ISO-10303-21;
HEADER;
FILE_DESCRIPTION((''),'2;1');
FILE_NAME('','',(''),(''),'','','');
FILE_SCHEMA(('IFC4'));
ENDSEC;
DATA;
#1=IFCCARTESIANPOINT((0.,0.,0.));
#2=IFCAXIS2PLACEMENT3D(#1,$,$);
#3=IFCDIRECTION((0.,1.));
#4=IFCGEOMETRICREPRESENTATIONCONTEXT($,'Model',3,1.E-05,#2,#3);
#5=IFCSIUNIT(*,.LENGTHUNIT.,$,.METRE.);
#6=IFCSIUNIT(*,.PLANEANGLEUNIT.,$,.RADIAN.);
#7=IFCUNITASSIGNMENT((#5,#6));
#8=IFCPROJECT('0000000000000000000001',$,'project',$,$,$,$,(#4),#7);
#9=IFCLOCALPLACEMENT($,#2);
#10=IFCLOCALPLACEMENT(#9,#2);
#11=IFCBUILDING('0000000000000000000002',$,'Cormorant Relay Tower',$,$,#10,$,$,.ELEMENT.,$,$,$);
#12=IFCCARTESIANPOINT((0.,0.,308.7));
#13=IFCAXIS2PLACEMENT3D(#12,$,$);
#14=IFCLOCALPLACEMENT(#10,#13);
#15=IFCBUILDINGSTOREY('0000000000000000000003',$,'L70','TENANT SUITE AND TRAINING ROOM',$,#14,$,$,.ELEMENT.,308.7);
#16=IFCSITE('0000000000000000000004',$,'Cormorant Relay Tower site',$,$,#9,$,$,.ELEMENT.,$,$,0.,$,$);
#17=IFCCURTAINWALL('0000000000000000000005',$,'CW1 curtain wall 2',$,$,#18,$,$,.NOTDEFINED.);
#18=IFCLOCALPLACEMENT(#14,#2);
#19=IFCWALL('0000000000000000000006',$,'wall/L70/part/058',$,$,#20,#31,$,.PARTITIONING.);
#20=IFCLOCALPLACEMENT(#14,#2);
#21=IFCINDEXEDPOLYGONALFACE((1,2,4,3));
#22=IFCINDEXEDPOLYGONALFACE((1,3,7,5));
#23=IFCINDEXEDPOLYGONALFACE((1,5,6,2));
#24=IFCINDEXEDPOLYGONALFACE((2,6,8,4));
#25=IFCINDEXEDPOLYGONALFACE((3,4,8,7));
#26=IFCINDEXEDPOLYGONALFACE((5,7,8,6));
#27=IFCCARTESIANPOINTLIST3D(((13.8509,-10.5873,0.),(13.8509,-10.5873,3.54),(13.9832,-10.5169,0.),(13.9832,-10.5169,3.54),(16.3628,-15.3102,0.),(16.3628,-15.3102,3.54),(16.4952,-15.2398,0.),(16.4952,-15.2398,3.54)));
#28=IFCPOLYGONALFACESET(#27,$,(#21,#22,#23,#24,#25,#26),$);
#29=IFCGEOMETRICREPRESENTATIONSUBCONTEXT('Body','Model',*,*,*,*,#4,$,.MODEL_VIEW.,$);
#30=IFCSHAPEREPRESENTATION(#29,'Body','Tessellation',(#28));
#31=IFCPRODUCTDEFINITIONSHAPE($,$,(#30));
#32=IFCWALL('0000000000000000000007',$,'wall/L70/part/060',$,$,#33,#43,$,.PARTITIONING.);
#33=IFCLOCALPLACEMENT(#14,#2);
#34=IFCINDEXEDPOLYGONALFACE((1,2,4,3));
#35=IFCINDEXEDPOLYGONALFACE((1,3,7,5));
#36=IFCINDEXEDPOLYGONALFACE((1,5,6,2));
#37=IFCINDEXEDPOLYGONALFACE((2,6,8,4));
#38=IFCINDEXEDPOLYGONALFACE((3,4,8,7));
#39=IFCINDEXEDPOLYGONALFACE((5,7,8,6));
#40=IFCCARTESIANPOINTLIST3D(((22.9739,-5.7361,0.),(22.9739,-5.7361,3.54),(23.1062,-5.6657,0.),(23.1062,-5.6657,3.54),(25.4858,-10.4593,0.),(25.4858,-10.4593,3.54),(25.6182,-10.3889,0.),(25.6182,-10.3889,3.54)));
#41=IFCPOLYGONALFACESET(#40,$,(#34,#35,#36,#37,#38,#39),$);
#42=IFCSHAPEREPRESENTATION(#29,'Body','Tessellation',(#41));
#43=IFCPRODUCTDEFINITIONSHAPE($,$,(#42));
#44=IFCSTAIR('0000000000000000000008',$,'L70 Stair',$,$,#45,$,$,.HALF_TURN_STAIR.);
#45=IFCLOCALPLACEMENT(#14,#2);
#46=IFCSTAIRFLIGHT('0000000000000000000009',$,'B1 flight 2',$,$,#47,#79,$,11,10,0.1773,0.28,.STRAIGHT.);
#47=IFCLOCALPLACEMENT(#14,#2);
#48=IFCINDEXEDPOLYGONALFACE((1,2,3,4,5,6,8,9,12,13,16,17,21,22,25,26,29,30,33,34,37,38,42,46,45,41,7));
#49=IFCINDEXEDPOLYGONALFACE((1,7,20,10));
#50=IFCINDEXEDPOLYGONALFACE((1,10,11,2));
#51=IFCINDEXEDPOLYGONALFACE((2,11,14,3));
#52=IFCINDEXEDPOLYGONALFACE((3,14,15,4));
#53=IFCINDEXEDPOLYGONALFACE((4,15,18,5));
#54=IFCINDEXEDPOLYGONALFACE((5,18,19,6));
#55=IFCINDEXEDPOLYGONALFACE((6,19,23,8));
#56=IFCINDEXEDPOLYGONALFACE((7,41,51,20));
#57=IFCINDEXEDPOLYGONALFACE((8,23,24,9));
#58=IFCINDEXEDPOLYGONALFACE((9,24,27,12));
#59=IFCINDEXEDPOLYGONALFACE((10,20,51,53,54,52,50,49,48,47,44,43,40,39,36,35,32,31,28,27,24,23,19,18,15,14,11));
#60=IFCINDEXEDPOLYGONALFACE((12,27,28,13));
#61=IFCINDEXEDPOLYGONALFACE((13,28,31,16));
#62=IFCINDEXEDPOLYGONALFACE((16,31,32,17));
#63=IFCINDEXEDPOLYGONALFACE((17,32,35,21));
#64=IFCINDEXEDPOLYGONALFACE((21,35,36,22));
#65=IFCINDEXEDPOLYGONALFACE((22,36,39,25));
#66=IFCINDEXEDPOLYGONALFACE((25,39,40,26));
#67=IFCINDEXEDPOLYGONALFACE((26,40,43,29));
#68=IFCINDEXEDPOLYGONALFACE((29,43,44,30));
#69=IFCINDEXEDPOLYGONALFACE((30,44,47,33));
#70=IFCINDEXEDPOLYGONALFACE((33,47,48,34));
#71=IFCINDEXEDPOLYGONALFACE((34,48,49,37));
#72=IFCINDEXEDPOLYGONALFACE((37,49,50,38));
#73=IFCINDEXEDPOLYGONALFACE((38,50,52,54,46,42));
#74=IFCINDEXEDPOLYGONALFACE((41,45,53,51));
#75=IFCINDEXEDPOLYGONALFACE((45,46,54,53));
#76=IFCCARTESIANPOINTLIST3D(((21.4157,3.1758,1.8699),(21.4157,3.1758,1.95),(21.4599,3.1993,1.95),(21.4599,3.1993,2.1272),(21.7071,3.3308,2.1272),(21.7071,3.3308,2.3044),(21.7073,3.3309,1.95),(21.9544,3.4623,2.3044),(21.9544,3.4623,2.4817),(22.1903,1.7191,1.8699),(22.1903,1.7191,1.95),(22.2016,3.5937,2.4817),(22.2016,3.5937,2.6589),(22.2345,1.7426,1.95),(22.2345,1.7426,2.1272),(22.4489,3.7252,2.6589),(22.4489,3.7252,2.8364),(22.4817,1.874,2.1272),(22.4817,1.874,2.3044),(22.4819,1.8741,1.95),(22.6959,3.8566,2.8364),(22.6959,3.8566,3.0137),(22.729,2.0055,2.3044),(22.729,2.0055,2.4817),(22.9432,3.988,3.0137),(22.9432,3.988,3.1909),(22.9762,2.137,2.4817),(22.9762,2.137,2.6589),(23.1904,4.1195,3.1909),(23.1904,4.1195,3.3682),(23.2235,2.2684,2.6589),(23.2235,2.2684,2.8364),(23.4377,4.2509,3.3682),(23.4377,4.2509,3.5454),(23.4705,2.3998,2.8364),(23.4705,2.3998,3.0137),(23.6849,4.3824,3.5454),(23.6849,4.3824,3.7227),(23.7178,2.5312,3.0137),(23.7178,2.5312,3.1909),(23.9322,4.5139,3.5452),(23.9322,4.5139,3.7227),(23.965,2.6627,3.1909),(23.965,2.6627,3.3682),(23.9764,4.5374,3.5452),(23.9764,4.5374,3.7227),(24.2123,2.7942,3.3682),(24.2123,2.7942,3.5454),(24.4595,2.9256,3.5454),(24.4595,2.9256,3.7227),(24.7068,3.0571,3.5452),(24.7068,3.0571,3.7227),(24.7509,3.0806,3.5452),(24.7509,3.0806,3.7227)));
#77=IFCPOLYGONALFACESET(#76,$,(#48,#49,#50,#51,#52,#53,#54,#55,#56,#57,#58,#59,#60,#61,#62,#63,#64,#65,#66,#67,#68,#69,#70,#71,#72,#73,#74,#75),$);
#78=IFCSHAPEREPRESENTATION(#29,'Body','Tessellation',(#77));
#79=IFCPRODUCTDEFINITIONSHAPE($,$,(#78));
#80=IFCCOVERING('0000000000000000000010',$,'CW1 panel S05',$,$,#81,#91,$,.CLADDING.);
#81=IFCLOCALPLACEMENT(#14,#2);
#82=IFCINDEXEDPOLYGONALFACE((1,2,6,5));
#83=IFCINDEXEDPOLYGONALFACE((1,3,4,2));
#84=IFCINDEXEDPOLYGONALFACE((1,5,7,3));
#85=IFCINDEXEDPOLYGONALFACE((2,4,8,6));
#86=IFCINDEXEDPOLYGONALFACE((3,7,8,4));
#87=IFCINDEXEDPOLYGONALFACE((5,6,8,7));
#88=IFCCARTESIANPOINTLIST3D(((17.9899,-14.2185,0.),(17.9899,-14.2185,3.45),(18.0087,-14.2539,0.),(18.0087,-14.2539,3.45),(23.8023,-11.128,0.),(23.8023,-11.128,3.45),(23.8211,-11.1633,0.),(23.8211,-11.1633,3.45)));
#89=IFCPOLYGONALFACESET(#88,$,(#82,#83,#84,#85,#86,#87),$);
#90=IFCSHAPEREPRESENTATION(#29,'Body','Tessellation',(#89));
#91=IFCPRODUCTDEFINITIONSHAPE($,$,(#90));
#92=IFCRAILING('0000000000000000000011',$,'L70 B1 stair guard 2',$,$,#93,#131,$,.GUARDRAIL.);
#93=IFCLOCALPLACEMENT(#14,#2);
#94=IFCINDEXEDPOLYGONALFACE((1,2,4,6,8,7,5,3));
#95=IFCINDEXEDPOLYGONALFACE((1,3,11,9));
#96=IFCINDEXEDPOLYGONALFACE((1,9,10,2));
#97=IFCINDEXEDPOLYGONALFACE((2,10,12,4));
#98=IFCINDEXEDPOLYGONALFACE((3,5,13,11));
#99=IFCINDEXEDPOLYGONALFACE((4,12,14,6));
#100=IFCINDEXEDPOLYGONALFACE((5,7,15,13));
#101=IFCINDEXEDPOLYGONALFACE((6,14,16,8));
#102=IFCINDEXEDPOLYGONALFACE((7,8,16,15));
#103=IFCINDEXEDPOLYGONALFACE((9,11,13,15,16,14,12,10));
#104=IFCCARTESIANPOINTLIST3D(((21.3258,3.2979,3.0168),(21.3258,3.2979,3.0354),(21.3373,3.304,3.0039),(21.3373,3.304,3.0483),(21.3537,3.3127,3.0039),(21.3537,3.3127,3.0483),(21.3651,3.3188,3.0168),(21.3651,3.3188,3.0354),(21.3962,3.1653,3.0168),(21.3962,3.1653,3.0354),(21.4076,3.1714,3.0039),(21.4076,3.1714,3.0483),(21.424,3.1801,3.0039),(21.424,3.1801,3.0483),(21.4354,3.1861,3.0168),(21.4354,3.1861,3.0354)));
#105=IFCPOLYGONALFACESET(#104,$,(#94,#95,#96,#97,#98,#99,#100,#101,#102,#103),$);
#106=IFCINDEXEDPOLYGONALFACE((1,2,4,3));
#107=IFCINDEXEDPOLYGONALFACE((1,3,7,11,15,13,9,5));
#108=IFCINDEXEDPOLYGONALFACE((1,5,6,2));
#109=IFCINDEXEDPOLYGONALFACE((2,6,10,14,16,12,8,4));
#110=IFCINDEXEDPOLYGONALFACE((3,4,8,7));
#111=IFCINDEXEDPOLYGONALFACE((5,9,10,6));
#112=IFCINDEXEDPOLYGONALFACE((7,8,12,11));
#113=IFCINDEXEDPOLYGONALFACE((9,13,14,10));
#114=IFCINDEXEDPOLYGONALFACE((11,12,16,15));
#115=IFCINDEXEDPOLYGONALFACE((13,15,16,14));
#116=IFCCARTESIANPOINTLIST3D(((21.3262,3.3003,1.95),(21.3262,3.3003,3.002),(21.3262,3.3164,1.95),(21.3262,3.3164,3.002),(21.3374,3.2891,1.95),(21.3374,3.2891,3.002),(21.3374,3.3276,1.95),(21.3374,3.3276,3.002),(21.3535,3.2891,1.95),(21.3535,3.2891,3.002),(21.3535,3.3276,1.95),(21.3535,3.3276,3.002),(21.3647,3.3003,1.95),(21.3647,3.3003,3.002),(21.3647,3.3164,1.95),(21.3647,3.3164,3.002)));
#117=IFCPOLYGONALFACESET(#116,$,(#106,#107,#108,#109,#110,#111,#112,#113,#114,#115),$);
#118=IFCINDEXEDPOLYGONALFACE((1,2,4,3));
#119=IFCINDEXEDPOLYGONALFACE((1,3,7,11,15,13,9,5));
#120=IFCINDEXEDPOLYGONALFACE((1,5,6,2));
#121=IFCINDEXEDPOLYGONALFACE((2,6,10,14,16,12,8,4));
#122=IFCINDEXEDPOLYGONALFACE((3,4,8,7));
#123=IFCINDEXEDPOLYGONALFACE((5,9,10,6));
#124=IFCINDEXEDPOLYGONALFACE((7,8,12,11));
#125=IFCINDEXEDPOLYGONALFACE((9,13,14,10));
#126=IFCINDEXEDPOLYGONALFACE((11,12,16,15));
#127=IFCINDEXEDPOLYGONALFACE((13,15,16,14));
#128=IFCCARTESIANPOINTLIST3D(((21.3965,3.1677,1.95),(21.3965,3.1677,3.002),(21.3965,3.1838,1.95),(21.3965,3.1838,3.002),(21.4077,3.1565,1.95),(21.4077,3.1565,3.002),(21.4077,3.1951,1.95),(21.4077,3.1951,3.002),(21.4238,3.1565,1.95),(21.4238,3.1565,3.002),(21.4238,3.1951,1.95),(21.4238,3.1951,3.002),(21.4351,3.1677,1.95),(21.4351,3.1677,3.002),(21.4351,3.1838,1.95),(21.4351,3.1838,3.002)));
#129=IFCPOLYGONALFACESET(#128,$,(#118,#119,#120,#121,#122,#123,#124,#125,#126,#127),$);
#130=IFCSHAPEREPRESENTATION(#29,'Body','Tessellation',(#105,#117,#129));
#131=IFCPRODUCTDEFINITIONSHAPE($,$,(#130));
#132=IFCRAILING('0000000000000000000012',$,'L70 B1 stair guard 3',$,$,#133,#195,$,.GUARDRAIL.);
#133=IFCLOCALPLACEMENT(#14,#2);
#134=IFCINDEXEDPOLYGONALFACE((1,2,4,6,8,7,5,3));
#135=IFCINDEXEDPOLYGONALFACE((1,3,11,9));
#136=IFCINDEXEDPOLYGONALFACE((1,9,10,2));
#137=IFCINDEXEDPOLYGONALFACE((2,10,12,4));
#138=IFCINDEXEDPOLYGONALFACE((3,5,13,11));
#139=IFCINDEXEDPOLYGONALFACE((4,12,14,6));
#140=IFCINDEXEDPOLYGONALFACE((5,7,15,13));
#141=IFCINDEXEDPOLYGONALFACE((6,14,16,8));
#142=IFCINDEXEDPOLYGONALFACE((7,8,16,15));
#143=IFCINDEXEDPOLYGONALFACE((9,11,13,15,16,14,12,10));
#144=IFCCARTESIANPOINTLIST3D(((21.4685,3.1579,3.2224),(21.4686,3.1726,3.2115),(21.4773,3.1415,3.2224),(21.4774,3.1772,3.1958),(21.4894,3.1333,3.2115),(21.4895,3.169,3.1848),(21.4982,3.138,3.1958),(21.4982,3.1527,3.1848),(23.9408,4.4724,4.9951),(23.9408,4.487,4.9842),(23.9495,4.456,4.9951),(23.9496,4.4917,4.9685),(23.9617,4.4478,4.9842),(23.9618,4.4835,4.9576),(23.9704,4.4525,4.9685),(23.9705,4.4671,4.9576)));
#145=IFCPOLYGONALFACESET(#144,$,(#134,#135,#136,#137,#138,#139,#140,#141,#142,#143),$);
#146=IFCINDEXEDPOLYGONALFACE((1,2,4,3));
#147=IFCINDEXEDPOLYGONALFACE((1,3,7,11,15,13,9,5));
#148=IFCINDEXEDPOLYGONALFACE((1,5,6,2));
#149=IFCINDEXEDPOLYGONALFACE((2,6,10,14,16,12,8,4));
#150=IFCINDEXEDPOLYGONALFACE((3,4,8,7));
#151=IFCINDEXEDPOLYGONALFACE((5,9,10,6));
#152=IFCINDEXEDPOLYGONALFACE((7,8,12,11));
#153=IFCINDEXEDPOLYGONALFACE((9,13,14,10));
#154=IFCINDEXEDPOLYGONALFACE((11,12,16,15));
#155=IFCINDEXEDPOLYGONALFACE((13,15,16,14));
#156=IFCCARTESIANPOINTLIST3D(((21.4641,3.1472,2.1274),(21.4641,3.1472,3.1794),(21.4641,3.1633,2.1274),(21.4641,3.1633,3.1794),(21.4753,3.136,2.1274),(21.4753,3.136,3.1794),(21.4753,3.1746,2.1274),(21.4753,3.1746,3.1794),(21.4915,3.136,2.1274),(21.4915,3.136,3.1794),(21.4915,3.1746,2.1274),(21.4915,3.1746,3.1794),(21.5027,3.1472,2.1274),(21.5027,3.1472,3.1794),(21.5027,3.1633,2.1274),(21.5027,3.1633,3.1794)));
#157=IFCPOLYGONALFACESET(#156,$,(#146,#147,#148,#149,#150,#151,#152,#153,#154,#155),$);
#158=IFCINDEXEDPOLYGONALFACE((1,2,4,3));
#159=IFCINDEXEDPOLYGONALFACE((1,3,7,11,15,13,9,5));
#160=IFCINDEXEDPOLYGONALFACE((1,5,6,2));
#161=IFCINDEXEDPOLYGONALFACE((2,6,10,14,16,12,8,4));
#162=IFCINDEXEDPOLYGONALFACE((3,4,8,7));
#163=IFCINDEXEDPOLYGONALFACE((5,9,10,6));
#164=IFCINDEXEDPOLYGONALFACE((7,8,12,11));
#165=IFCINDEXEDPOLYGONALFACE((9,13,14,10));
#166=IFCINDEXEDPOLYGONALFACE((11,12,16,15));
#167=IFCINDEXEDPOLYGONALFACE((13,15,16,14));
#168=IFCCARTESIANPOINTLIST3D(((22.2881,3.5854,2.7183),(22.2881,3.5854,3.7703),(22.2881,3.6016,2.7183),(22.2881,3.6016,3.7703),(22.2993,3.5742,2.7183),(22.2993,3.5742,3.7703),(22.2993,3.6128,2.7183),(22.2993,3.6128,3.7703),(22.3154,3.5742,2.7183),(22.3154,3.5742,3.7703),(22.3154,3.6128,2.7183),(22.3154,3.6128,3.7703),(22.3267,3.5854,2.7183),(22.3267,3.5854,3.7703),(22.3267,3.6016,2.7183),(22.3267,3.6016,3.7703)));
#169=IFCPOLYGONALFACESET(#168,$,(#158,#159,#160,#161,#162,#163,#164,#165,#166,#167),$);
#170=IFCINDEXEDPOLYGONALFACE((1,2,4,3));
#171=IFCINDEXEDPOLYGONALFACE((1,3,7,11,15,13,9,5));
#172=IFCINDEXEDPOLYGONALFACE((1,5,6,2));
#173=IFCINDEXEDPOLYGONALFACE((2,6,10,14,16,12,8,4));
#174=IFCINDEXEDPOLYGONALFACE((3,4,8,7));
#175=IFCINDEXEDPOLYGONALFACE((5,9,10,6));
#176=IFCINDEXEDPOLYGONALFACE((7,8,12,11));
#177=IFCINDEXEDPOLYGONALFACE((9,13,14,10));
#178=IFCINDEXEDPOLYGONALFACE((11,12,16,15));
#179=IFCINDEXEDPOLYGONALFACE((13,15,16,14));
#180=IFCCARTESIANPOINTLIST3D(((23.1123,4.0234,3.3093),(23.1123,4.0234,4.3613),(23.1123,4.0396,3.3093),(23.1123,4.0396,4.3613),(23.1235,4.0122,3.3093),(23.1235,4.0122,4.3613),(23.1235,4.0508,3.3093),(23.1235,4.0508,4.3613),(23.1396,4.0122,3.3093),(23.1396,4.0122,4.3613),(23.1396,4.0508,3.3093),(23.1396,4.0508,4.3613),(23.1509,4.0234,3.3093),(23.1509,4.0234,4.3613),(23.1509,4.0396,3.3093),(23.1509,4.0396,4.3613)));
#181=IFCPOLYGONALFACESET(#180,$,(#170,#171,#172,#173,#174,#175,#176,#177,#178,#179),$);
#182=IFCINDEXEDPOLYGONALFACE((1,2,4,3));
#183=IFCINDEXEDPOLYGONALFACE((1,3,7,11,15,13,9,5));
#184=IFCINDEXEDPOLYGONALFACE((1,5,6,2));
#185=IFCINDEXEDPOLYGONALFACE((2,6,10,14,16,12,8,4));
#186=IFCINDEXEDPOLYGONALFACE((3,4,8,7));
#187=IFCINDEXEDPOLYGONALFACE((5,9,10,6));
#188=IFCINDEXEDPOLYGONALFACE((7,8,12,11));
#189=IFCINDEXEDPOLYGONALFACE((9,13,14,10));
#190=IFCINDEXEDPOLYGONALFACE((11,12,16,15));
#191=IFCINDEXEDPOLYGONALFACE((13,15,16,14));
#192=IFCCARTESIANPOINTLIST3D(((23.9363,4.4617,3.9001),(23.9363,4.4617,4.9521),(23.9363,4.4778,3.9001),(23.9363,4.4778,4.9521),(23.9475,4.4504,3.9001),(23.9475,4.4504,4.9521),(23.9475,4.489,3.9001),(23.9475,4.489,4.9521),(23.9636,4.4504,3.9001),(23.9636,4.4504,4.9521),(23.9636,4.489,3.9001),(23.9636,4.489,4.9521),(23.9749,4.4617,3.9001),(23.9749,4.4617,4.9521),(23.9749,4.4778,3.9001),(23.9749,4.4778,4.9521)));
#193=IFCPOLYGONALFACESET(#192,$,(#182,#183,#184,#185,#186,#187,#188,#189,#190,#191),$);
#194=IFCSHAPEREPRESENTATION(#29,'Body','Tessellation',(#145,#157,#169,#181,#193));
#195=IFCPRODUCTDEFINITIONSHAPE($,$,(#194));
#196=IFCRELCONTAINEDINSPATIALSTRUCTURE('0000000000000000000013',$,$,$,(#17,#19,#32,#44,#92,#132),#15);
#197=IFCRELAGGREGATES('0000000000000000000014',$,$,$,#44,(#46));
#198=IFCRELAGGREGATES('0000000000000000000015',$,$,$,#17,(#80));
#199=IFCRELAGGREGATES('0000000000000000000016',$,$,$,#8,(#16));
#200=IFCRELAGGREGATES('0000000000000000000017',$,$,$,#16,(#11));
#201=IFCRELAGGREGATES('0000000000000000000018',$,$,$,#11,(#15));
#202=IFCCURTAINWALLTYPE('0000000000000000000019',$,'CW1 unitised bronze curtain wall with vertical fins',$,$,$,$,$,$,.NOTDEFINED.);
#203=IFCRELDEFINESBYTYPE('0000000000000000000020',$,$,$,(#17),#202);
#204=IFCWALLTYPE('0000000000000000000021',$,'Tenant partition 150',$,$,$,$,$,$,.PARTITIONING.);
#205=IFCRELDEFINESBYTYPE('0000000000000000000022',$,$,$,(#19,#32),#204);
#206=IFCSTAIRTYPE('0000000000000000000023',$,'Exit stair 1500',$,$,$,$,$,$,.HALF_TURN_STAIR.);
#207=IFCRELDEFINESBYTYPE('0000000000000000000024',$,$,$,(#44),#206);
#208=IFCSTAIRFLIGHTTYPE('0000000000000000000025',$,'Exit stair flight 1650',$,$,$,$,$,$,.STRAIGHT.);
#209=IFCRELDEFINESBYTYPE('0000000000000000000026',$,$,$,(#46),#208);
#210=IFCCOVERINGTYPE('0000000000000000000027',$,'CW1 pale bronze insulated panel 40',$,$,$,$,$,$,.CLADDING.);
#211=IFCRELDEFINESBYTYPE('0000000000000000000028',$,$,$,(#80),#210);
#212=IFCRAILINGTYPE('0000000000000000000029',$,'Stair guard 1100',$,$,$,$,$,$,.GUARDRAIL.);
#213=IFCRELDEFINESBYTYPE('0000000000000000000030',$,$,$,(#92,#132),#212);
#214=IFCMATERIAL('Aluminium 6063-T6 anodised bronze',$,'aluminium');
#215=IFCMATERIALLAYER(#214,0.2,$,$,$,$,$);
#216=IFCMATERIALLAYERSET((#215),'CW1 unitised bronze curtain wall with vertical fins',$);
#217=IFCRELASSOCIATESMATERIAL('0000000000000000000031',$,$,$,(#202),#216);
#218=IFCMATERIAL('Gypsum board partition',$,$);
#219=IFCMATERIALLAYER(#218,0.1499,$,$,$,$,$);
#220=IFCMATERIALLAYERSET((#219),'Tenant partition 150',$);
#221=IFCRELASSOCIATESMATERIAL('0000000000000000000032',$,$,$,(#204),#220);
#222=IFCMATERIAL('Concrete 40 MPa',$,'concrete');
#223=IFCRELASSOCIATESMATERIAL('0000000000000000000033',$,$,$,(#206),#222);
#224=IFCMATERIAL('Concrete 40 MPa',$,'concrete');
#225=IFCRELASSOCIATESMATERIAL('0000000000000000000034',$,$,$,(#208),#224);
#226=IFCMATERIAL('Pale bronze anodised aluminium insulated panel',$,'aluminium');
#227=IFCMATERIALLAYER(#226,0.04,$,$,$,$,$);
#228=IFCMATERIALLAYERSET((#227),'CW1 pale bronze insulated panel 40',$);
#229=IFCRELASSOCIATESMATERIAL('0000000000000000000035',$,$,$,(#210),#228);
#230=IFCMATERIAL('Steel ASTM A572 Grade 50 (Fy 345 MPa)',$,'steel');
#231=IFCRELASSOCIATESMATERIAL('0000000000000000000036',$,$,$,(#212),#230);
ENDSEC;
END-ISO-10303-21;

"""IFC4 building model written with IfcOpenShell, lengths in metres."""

from ifc_helpers import new_model, si_unit, direction, frame, frame_2d, origin, origin_2d, place, context, subcontext, project, spatial, polyline, rectangle, outline, extrude, material, layer, layer_set, type_object, element, aggregate, save


model = new_model("IFC4")

# Units and contexts
model_context = context("Model", 3, precision=1e-05, world=origin(), true_north=direction((0.0, 1.0)))
body_context = subcontext(model_context, "Body", "Model", "MODEL_VIEW")
ifc_project = project(units=[si_unit("LENGTHUNIT", "METRE"), si_unit("PLANEANGLEUNIT", "RADIAN")], contexts=[model_context])

# Site, building, storey
site_placement = place(None, origin())
site = spatial("IfcSite", under=ifc_project, at=site_placement, Name="Cormorant Relay Tower site", CompositionType="ELEMENT", RefElevation=0.0)
building_placement = place(site_placement, origin())
building = spatial("IfcBuilding", under=site, at=building_placement, Name="Cormorant Relay Tower", CompositionType="ELEMENT")
storey_placement = place(building_placement, frame((0.0, 0.0, 308.7)))
storey = spatial("IfcBuildingStorey", under=building, at=storey_placement, Name="L70", Description="TENANT SUITE AND TRAINING ROOM", CompositionType="ELEMENT", Elevation=308.7)

# Curtain wall
ifc_material_1 = material(Name="Aluminium 6063-T6 anodised bronze", Category="aluminium")
ifc_layer_1 = layer(ifc_material_1, 0.2)
ifc_layer_set_1 = layer_set([ifc_layer_1], Name="CW1 unitised bronze curtain wall with vertical fins")
curtain_wall_type = type_object("IfcCurtainWallType", Name="CW1 unitised bronze curtain wall with vertical fins", PredefinedType="NOTDEFINED", material=ifc_layer_set_1)
curtain_wall_placement = place(storey_placement, origin())
curtain_wall = element("IfcCurtainWall", 1, at=curtain_wall_placement, inside=storey, type_object=curtain_wall_type, Name="CW1 curtain wall 2", PredefinedType="NOTDEFINED")

# Walls
ifc_material_2 = material(Name="Gypsum board partition")
ifc_layer_2 = layer(ifc_material_2, 0.1499)
ifc_layer_set_2 = layer_set([ifc_layer_2], Name="Tenant partition 150")
wall_type_1 = type_object("IfcWallType", Name="Tenant partition 150", PredefinedType="PARTITIONING", material=ifc_layer_set_2)
wall_1_placement = place(storey_placement, frame((13.917, -10.552, 0.0), z_axis=(0.0, 0.0, 1.0), x_axis=(0.469581, -0.882889, 0.0)))
element("IfcWall", 2, at=wall_1_placement, inside=storey, type_object=wall_type_1, Name="wall/L70/part/058", PredefinedType="PARTITIONING", context=body_context, shape_type="SweptSolid", body=[
    extrude(rectangle(XDim=5.3494, YDim=0.1499, at=frame_2d((2.6748, 0.0))), origin(), (0.0, 0.0, 1.0), 3.54),
])
wall_2_placement = place(storey_placement, frame((23.04, -5.7009, 0.0), z_axis=(0.0, 0.0, 1.0), x_axis=(0.469562, -0.882899, 0.0)))
element("IfcWall", 3, at=wall_2_placement, inside=storey, type_object=wall_type_1, Name="wall/L70/part/060", PredefinedType="PARTITIONING", context=body_context, shape_type="SweptSolid", body=[
    extrude(rectangle(XDim=5.3496, YDim=0.1499, at=frame_2d((2.6748, 0.0))), origin(), (0.0, 0.0, 1.0), 3.54),
])

# Stair, stair flight
ifc_material_3 = material(Name="Concrete 40 MPa", Category="concrete")
stair_type = type_object("IfcStairType", Name="Exit stair 1500", PredefinedType="HALF_TURN_STAIR", material=ifc_material_3)
stair_placement = place(storey_placement, origin())
stair = element("IfcStair", 4, at=stair_placement, inside=storey, type_object=stair_type, Name="L70 Stair", PredefinedType="HALF_TURN_STAIR")
ifc_material_4 = material(Name="Concrete 40 MPa", Category="concrete")
stair_flight_type = type_object("IfcStairFlightType", Name="Exit stair flight 1650", PredefinedType="STRAIGHT", material=ifc_material_4)
stair_flight_placement = place(storey_placement, frame((21.8472, 2.4709, 1.95), z_axis=(0.0, 0.0, 1.0), x_axis=(0.882948, 0.469472, 0.0)))
stair_flight = element("IfcStairFlight", 5, at=stair_flight_placement, type_object=stair_flight_type, Name="B1 flight 2", NumberOfRisers=11, NumberOfTreads=10, PredefinedType="STRAIGHT", RiserHeight=0.1773, TreadLength=0.28, context=body_context, shape_type="SweptSolid", body=[
    extrude(outline(polyline([(-0.05, -0.0801), (-0.05, 0.0), (0.0, 0.0), (0.0, 0.1772), (0.28, 0.1772), (0.28, 0.3545), (0.5601, 0.3545), (0.5601, 0.5317), (0.8401, 0.5317), (0.8401, 0.709), (1.1201, 0.709), (1.1201, 0.8865), (1.3999, 0.8865), (1.3999, 1.0637), (1.6799, 1.0637), (1.6799, 1.241), (1.96, 1.241), (1.96, 1.4182), (2.24, 1.4182), (2.24, 1.5955), (2.52, 1.5955), (2.52, 1.7727), (2.8, 1.7727), (2.8501, 1.7727), (2.8501, 1.5952), (2.8, 1.5952), (0.2803, 0.0), (-0.05, -0.0801)])), frame((0.0, 0.825, 0.0), z_axis=(0.0, -1.0, 0.0), x_axis=(1.0, 0.0, 0.0)), (0.0, 0.0, 1.0), 1.6499),
])
aggregate(stair, [stair_flight])

# Covering
ifc_material_5 = material(Name="Pale bronze anodised aluminium insulated panel", Category="aluminium")
ifc_layer_3 = layer(ifc_material_5, 0.04)
ifc_layer_set_3 = layer_set([ifc_layer_3], Name="CW1 pale bronze insulated panel 40")
covering_type = type_object("IfcCoveringType", Name="CW1 pale bronze insulated panel 40", PredefinedType="CLADDING", material=ifc_layer_set_3)
covering_placement = place(storey_placement, frame((20.9055, -12.6909, 0.0), z_axis=(0.0, 0.0, 1.0), x_axis=(0.882948, 0.469472, 0.0)))
covering = element("IfcCovering", 6, at=covering_placement, type_object=covering_type, Name="CW1 panel S05", PredefinedType="CLADDING", context=body_context, shape_type="SweptSolid", body=[
    extrude(rectangle(XDim=6.583, YDim=0.04, at=origin_2d()), origin(), (0.0, 0.0, 1.0), 3.45),
])
aggregate(curtain_wall, [covering])

# Railings
ifc_material_6 = material(Name="Steel ASTM A572 Grade 50 (Fy 345 MPa)", Category="steel")
railing_type_1 = type_object("IfcRailingType", Name="Stair guard 1100", PredefinedType="GUARDRAIL", material=ifc_material_6)
railing_1_placement = place(storey_placement, frame((21.3455, 3.3083, 1.95)))
element("IfcRailing", 7, at=railing_1_placement, inside=storey, type_object=railing_type_1, Name="L70 B1 stair guard 2", PredefinedType="GUARDRAIL", context=body_context, shape_type="SweptSolid", body=[
    extrude(outline(polyline([(0.0222, 0.0093), (0.0093, 0.0222), (-0.0093, 0.0222), (-0.0222, 0.0093), (-0.0222, -0.0093), (-0.0093, -0.0222), (0.0093, -0.0222), (0.0222, -0.0093), (0.0222, 0.0093)])), frame((0.0, 0.0, 1.0762), z_axis=(0.46856, -0.883431, 0.0), x_axis=(0.883431, 0.46856, 0.0)), (0.0, 0.0, 1.0), 0.1501),
    extrude(outline(polyline([(0.0193, 0.0081), (0.0081, 0.0193), (-0.0081, 0.0193), (-0.0193, 0.0081), (-0.0193, -0.0081), (-0.0081, -0.0193), (0.0081, -0.0193), (0.0193, -0.0081), (0.0193, 0.0081)])), origin(), (0.0, 0.0, 1.0), 1.052),
    extrude(outline(polyline([(0.0193, 0.0081), (0.0081, 0.0193), (-0.0081, 0.0193), (-0.0193, 0.0081), (-0.0193, -0.0081), (-0.0081, -0.0193), (0.0081, -0.0193), (0.0193, -0.0081), (0.0193, 0.0081)])), frame((0.0703, -0.1326, 0.0)), (0.0, 0.0, 1.0), 1.052),
])
railing_2_placement = place(storey_placement, frame((21.4834, 3.1553, 2.1274)))
element("IfcRailing", 8, at=railing_2_placement, inside=storey, type_object=railing_type_1, Name="L70 B1 stair guard 3", PredefinedType="GUARDRAIL", context=body_context, shape_type="SweptSolid", body=[
    extrude(outline(polyline([(0.0222, 0.0093), (0.0093, 0.0222), (-0.0093, 0.0222), (-0.0222, 0.0093), (-0.0222, -0.0093), (-0.0093, -0.0222), (0.0093, -0.0222), (0.0222, -0.0093), (0.0222, 0.0093)])), frame((0.0, 0.0, 1.0762), z_axis=(0.746001, 0.396649, 0.534931), x_axis=(-0.469465, 0.882951, 0.0)), (0.0, 0.0, 1.0), 3.314),
    extrude(outline(polyline([(0.0193, 0.0081), (0.0081, 0.0193), (-0.0081, 0.0193), (-0.0193, 0.0081), (-0.0193, -0.0081), (-0.0081, -0.0193), (0.0081, -0.0193), (0.0193, -0.0081), (0.0193, 0.0081)])), origin(), (0.0, 0.0, 1.0), 1.052),
    extrude(outline(polyline([(0.0193, 0.0081), (0.0081, 0.0193), (-0.0081, 0.0193), (-0.0193, 0.0081), (-0.0193, -0.0081), (-0.0081, -0.0193), (0.0081, -0.0193), (0.0193, -0.0081), (0.0193, 0.0081)])), frame((0.824, 0.4382, 0.5908)), (0.0, 0.0, 1.0), 1.052),
    extrude(outline(polyline([(0.0193, 0.0081), (0.0081, 0.0193), (-0.0081, 0.0193), (-0.0193, 0.0081), (-0.0193, -0.0081), (-0.0081, -0.0193), (0.0081, -0.0193), (0.0193, -0.0081), (0.0193, 0.0081)])), frame((1.6482, 0.8762, 1.1819)), (0.0, 0.0, 1.0), 1.052),
    extrude(outline(polyline([(0.0193, 0.0081), (0.0081, 0.0193), (-0.0081, 0.0193), (-0.0193, 0.0081), (-0.0193, -0.0081), (-0.0081, -0.0193), (0.0081, -0.0193), (0.0193, -0.0081), (0.0193, 0.0081)])), frame((2.4722, 1.3145, 1.7727)), (0.0, 0.0, 1.0), 1.052),
])

save(model, "model.ifc")
